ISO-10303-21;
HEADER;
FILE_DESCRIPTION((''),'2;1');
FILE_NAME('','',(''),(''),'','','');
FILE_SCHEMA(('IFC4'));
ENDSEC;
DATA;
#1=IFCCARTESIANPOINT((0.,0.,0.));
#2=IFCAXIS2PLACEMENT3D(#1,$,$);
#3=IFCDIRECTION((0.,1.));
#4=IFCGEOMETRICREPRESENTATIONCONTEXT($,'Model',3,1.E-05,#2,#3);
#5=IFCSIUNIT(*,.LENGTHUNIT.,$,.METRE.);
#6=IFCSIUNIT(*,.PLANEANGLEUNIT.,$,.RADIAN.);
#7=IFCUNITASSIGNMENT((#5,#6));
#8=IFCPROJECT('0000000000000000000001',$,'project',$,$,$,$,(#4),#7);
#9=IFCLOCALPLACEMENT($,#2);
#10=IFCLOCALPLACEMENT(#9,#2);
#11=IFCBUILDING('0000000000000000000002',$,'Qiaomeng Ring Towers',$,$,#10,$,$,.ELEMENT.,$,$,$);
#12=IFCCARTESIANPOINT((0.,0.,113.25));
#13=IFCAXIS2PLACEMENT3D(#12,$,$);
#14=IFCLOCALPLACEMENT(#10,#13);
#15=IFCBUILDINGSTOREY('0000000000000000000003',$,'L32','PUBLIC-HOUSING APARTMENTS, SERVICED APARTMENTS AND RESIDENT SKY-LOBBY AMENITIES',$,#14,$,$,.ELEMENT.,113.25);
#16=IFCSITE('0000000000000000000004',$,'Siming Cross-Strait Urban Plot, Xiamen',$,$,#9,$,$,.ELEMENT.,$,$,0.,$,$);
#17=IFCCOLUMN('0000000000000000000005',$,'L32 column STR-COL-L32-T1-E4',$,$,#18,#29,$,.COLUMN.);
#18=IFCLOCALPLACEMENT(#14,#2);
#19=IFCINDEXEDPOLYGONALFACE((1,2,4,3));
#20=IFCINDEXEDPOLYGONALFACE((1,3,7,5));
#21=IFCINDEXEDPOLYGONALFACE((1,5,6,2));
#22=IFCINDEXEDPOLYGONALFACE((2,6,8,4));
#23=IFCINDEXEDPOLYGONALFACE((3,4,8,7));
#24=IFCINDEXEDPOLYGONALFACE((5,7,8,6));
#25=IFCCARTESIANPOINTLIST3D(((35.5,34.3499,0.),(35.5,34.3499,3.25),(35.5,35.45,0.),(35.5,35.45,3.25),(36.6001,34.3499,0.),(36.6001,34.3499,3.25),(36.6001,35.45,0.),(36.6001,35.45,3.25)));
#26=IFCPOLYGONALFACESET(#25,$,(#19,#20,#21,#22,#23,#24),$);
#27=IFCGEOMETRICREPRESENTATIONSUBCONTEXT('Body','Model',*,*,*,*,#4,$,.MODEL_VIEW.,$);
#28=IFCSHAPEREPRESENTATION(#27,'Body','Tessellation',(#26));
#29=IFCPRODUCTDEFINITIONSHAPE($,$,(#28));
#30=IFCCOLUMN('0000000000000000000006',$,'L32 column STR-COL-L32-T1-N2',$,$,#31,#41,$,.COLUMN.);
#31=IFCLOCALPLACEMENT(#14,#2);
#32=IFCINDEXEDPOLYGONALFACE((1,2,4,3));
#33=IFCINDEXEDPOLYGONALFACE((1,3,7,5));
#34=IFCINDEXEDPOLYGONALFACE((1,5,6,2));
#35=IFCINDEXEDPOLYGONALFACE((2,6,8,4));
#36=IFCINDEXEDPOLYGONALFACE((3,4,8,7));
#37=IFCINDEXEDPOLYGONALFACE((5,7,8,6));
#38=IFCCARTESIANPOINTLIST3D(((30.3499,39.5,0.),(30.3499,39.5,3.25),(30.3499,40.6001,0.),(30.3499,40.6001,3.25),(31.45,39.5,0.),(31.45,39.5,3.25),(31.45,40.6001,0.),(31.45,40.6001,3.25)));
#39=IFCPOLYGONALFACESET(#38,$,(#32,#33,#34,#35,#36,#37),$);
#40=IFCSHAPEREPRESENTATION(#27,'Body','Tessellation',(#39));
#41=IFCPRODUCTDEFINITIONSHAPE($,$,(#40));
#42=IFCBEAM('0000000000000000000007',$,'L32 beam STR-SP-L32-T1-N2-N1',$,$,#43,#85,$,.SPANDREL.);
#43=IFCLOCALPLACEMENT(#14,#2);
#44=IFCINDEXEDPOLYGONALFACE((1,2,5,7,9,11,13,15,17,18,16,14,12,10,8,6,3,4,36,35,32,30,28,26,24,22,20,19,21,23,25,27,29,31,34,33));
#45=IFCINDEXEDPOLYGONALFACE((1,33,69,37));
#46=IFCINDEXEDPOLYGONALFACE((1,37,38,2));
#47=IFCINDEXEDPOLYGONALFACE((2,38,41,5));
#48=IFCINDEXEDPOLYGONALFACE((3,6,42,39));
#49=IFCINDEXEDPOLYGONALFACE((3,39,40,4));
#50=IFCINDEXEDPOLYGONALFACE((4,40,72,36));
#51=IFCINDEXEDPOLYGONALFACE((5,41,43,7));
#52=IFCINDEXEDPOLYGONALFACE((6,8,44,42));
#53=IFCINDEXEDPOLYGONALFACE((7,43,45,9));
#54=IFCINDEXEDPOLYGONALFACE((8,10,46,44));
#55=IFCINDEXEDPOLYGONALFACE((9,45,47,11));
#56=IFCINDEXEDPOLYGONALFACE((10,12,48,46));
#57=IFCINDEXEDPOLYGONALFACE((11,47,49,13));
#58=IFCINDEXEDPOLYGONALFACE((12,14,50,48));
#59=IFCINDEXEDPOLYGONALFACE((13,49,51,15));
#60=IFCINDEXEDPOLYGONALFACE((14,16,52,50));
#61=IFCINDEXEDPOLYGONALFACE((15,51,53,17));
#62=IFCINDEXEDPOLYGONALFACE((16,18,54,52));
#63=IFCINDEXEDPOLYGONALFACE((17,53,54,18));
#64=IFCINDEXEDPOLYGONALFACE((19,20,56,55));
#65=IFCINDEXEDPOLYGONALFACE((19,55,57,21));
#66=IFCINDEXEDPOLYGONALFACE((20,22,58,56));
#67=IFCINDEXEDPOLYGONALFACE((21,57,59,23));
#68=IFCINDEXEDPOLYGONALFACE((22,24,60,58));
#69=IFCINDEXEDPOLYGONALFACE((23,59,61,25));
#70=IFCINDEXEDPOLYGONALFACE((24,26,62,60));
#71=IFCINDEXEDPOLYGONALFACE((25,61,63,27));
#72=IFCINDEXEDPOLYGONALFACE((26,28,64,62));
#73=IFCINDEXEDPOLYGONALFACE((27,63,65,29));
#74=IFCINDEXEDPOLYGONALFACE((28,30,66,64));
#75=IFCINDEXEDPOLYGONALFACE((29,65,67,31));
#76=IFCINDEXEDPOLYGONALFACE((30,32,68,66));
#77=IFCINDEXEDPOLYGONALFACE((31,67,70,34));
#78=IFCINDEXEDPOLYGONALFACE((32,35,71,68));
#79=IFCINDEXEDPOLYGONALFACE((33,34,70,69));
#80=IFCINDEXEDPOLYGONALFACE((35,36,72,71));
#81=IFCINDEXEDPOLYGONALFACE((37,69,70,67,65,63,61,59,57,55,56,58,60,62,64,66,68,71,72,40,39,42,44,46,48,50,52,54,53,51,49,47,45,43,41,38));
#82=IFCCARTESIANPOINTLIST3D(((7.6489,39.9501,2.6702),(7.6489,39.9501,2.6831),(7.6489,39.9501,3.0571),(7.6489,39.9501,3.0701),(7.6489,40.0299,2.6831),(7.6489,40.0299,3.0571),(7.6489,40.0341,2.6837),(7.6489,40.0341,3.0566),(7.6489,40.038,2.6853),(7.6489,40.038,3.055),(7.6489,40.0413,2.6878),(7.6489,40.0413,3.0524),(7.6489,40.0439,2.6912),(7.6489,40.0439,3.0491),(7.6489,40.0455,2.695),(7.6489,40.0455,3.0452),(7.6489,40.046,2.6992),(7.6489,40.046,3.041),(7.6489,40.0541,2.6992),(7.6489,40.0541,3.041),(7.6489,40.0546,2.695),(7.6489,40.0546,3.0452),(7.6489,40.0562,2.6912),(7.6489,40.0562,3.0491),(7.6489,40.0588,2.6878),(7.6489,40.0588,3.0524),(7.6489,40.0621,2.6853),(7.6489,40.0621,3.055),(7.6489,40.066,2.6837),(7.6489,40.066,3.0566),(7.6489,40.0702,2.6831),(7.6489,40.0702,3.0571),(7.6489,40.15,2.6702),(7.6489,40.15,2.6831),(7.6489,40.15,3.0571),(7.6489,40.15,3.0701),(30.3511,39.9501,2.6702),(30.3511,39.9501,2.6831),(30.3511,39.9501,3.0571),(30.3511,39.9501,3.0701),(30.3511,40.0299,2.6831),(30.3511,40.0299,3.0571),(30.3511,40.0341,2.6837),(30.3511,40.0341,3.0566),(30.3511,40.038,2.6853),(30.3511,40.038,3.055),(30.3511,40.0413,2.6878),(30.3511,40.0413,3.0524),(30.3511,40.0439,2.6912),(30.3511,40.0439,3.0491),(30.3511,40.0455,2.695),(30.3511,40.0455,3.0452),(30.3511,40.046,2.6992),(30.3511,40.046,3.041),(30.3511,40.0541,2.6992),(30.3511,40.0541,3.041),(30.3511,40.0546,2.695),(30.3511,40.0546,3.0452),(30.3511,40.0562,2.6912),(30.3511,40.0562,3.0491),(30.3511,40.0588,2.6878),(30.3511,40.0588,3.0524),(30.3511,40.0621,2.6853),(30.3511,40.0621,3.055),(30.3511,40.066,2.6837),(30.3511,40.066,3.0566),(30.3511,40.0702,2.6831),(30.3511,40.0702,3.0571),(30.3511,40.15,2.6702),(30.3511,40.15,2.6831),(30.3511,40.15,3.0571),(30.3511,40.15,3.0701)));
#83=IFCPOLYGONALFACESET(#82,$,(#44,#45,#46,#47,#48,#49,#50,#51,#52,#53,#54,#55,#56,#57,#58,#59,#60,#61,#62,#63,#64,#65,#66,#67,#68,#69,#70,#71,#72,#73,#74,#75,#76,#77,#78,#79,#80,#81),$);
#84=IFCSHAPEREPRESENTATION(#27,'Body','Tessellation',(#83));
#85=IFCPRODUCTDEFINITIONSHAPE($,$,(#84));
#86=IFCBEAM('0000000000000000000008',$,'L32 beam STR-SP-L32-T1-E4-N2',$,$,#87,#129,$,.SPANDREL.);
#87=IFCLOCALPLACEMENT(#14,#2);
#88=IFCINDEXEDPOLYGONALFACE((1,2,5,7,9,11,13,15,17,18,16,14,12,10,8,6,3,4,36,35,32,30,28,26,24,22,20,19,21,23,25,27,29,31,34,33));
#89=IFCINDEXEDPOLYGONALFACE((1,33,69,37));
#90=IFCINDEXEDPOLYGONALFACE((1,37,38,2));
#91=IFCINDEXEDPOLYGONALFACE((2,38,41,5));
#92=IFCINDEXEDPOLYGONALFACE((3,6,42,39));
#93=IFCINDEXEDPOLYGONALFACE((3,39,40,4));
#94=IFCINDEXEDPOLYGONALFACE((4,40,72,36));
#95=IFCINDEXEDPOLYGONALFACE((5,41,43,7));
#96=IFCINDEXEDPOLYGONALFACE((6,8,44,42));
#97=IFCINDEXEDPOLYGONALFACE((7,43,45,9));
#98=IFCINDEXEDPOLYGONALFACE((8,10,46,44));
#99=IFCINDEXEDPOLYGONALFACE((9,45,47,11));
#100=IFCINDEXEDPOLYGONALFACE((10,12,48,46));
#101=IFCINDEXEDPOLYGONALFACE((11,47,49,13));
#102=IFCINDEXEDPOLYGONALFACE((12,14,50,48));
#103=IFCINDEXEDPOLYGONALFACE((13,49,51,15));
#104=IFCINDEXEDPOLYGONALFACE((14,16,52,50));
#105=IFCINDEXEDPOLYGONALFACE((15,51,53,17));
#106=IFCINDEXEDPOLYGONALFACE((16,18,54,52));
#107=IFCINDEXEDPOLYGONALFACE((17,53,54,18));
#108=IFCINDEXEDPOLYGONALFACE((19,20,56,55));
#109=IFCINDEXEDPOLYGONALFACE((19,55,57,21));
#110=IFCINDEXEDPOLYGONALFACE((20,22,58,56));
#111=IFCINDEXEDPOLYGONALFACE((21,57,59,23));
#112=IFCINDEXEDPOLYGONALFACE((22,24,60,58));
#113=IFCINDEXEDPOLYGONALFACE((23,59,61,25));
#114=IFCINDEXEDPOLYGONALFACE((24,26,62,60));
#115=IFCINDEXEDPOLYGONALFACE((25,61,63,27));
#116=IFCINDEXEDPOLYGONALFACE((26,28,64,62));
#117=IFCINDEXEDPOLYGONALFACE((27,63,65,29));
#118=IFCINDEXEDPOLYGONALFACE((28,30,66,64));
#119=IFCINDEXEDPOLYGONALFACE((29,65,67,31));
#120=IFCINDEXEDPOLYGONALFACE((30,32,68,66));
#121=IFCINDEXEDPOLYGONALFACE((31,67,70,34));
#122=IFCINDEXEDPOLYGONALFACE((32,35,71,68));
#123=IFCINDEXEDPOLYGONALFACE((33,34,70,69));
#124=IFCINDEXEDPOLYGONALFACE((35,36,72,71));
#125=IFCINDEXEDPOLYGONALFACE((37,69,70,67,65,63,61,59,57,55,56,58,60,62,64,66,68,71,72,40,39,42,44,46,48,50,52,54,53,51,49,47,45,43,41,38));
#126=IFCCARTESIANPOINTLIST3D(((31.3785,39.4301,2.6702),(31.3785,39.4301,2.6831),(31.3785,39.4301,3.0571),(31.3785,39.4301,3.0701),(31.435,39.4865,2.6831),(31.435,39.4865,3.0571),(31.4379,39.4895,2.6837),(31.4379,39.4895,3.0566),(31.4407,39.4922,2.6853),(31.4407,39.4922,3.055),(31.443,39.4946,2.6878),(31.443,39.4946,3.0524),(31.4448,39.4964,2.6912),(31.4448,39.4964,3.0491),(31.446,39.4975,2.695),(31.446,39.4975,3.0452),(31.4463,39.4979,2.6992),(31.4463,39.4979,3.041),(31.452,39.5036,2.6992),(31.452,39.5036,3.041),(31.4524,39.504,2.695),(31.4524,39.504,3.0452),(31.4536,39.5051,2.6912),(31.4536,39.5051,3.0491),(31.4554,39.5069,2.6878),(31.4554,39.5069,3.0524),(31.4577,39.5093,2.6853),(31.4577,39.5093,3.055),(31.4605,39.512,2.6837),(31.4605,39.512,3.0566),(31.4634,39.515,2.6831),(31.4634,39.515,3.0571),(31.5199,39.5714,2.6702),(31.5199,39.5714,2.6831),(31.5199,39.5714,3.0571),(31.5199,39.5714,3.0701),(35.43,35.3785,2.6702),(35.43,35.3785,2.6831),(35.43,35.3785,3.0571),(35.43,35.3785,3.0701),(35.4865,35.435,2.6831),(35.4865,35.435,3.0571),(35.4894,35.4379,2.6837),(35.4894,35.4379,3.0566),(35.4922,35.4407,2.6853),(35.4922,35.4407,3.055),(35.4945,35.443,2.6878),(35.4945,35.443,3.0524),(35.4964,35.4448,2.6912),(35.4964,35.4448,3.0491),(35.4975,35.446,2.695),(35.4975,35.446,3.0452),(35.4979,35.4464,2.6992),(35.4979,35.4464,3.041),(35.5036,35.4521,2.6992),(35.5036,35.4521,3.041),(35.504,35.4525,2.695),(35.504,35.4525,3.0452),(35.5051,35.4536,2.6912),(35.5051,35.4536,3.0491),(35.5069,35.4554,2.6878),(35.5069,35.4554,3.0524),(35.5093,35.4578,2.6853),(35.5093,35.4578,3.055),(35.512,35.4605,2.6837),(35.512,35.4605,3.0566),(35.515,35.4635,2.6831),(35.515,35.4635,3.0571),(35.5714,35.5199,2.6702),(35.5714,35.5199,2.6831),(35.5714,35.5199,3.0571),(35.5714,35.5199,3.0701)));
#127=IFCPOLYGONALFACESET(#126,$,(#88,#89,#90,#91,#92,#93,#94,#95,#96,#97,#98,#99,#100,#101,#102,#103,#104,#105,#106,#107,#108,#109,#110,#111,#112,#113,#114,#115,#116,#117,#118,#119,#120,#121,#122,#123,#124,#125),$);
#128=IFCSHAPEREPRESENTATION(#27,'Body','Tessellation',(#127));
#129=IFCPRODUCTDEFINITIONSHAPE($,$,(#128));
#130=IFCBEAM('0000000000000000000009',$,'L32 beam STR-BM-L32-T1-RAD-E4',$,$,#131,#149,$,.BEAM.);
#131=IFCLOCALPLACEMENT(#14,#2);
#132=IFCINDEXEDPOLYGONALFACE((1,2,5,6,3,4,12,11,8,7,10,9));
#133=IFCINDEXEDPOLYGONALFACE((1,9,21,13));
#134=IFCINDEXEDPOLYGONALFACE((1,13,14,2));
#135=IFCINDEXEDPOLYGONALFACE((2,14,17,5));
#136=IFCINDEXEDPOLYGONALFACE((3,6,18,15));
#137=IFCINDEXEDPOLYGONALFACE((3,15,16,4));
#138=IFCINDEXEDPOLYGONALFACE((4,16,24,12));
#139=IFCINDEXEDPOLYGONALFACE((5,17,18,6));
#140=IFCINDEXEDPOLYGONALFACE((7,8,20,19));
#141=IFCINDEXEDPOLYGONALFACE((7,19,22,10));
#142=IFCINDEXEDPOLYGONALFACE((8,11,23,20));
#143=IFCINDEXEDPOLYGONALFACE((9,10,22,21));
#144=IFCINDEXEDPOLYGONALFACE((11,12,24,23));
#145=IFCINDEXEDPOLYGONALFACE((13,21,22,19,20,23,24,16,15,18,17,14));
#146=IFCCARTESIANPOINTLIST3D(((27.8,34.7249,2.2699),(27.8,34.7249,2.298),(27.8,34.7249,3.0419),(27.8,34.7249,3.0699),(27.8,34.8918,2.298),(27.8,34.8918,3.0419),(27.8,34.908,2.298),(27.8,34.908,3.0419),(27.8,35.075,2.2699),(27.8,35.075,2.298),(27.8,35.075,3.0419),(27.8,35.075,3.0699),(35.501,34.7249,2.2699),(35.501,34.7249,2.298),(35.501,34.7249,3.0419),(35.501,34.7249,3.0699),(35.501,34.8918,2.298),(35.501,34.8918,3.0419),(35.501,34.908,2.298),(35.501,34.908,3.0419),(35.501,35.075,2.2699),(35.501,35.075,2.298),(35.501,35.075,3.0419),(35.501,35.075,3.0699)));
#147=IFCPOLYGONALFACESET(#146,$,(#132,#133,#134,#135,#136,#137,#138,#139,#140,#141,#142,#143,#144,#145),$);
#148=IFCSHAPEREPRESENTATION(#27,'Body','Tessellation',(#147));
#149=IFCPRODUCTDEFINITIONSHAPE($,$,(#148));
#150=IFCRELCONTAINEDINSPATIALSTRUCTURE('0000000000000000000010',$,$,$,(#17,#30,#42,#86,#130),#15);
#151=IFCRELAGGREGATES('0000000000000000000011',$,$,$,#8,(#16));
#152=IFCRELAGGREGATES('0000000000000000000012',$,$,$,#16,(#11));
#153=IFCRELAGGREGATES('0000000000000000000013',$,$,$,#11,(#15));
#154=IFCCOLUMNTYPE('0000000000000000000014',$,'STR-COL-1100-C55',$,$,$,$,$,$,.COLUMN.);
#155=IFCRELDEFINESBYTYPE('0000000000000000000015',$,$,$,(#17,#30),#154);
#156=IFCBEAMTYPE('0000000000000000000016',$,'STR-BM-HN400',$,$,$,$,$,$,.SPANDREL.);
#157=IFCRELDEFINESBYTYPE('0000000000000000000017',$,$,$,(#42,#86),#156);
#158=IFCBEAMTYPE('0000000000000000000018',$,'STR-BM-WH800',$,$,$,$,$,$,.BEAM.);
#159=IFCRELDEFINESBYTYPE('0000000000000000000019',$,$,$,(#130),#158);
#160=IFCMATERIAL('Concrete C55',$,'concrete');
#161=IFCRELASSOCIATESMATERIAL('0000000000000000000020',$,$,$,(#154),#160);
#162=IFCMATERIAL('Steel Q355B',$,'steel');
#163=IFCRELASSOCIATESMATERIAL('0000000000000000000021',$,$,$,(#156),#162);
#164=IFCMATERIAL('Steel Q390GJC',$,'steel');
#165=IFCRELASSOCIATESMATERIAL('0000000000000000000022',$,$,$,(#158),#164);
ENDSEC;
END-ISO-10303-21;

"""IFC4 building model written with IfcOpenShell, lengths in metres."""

from ifc_helpers import new_model, si_unit, direction, frame, origin, origin_2d, place, context, subcontext, project, spatial, rectangle, i_section, extrude, source, transform, mapped, material, material_profile, profile_set, type_object, element, save


model = new_model("IFC4")

# Units and contexts
model_context = context("Model", 3, precision=1e-05, world=origin(), true_north=direction((0.0, 1.0)))
body_context = subcontext(model_context, "Body", "Model", "MODEL_VIEW")
ifc_project = project(units=[si_unit("LENGTHUNIT", "METRE"), si_unit("PLANEANGLEUNIT", "RADIAN")], contexts=[model_context])

# Site, building, storey
site_placement = place(None, origin())
site = spatial("IfcSite", under=ifc_project, at=site_placement, Name="Siming Cross-Strait Urban Plot, Xiamen", CompositionType="ELEMENT", RefElevation=0.0)
building_placement = place(site_placement, origin())
building = spatial("IfcBuilding", under=site, at=building_placement, Name="Qiaomeng Ring Towers", CompositionType="ELEMENT")
storey_placement = place(building_placement, frame((0.0, 0.0, 113.25)))
storey = spatial("IfcBuildingStorey", under=building, at=storey_placement, Name="L32", Description="PUBLIC-HOUSING APARTMENTS, SERVICED APARTMENTS AND RESIDENT SKY-LOBBY AMENITIES", CompositionType="ELEMENT", Elevation=113.25)

# Columns
ifc_material_1 = material(Name="Concrete C55", Category="concrete")
ifc_material_profile_1 = material_profile(ifc_material_1, rectangle(XDim=1.1001, YDim=1.1001, at=origin_2d()), Name="RC COL 1100x1100")
ifc_profile_set_1 = profile_set([ifc_material_profile_1], Name="Concrete C55")
column_type = type_object("IfcColumnType", Name="STR-COL-1100-C55", PredefinedType="COLUMN", material=ifc_profile_set_1)
shared_shape_1 = source(origin(), body_context, "Body", "SweptSolid", [
    extrude(rectangle(XDim=1.1001, YDim=1.1001, at=origin_2d()), origin(), (0.0, 0.0, 1.0), 3.25),
])
for number, where, z_axis, x_axis, name in (
    (1, (36.05, 34.8999, 0.0), (0.0, 0.0, 1.0), (1.0, 0.0, 0.0), "L32 column STR-COL-L32-T1-E4"),
    (2, (30.8999, 40.05, 0.0), (0.0, 0.0, 1.0), (1.0, 0.0, 0.0), "L32 column STR-COL-L32-T1-N2"),
):
    element("IfcColumn", number, at=place(storey_placement, frame(where, z_axis=z_axis, x_axis=x_axis)), inside=storey, type_object=column_type, Name=name, PredefinedType="COLUMN", context=body_context, shape_type="MappedRepresentation", body=[
        mapped(shared_shape_1, transform((0.0, 0.0, 0.0), x_axis=(1.0, 0.0, 0.0), y_axis=(0.0, 1.0, 0.0), z_axis=(0.0, 0.0, 1.0), scale=1.0)),
    ])

# Beams
ifc_material_2 = material(Name="Steel Q355B", Category="steel")
ifc_material_profile_2 = material_profile(ifc_material_2, i_section(OverallWidth=0.2, OverallDepth=0.3999, WebThickness=0.0081, FlangeThickness=0.0129, FilletRadius=0.0161, at=origin_2d()), Name="HN 400x200x8x13")
ifc_profile_set_2 = profile_set([ifc_material_profile_2], Name="Steel Q355B")
beam_type_1 = type_object("IfcBeamType", Name="STR-BM-HN400", PredefinedType="SPANDREL", material=ifc_profile_set_2)
shared_shape_2 = source(origin(), body_context, "Body", "SweptSolid", [
    extrude(i_section(OverallWidth=0.2, OverallDepth=0.3999, WebThickness=0.0081, FlangeThickness=0.0129, FilletRadius=0.0161, at=origin_2d()), origin(), (0.0, 0.0, 1.0), 22.7021),
])
beam_1_placement = place(storey_placement, frame((30.3511, 40.05, 2.8701), z_axis=(-1.0, 0.0, 0.0), x_axis=(0.0, -1.0, 0.0)))
element("IfcBeam", 3, at=beam_1_placement, inside=storey, type_object=beam_type_1, Name="L32 beam STR-SP-L32-T1-N2-N1", PredefinedType="SPANDREL", context=body_context, shape_type="MappedRepresentation", body=[
    mapped(shared_shape_2, transform((0.0, 0.0, 0.0), x_axis=(1.0, 0.0, 0.0), y_axis=(0.0, 1.0, 0.0), z_axis=(0.0, 0.0, 1.0), scale=1.0)),
])
shared_shape_3 = source(origin(), body_context, "Body", "SweptSolid", [
    extrude(i_section(OverallWidth=0.2, OverallDepth=0.3999, WebThickness=0.0081, FlangeThickness=0.0129, FilletRadius=0.0161, at=origin_2d()), origin(), (0.0, 0.0, 1.0), 5.7297),
])
beam_2_placement = place(storey_placement, frame((35.5007, 35.4492, 2.8701), z_axis=(-0.707107, 0.707107, 0.0), x_axis=(-0.707107, -0.707107, 0.0)))
element("IfcBeam", 4, at=beam_2_placement, inside=storey, type_object=beam_type_1, Name="L32 beam STR-SP-L32-T1-E4-N2", PredefinedType="SPANDREL", context=body_context, shape_type="MappedRepresentation", body=[
    mapped(shared_shape_3, transform((0.0, 0.0, 0.0), x_axis=(1.0, 0.0, 0.0), y_axis=(0.0, 1.0, 0.0), z_axis=(0.0, 0.0, 1.0), scale=1.0)),
])
ifc_material_3 = material(Name="Steel Q390GJC", Category="steel")
ifc_material_profile_3 = material_profile(ifc_material_3, i_section(OverallWidth=0.3501, OverallDepth=0.8, WebThickness=0.0161, FlangeThickness=0.0281, at=origin_2d()), Name="WH 800x350x16x28")
ifc_profile_set_3 = profile_set([ifc_material_profile_3], Name="Steel Q390GJC")
beam_type_2 = type_object("IfcBeamType", Name="STR-BM-WH800", PredefinedType="BEAM", material=ifc_profile_set_3)
shared_shape_4 = source(origin(), body_context, "Body", "SweptSolid", [
    extrude(i_section(OverallWidth=0.3501, OverallDepth=0.8, WebThickness=0.0161, FlangeThickness=0.0281, at=origin_2d()), origin(), (0.0, 0.0, 1.0), 7.7009),
])
beam_3_placement = place(storey_placement, frame((27.8, 34.8999, 2.6699), z_axis=(1.0, 0.0, 0.0), x_axis=(0.0, 1.0, 0.0)))
element("IfcBeam", 5, at=beam_3_placement, inside=storey, type_object=beam_type_2, Name="L32 beam STR-BM-L32-T1-RAD-E4", PredefinedType="BEAM", context=body_context, shape_type="MappedRepresentation", body=[
    mapped(shared_shape_4, transform((0.0, 0.0, 0.0), x_axis=(1.0, 0.0, 0.0), y_axis=(0.0, 1.0, 0.0), z_axis=(0.0, 0.0, 1.0), scale=1.0)),
])

save(model, "model.ifc")
